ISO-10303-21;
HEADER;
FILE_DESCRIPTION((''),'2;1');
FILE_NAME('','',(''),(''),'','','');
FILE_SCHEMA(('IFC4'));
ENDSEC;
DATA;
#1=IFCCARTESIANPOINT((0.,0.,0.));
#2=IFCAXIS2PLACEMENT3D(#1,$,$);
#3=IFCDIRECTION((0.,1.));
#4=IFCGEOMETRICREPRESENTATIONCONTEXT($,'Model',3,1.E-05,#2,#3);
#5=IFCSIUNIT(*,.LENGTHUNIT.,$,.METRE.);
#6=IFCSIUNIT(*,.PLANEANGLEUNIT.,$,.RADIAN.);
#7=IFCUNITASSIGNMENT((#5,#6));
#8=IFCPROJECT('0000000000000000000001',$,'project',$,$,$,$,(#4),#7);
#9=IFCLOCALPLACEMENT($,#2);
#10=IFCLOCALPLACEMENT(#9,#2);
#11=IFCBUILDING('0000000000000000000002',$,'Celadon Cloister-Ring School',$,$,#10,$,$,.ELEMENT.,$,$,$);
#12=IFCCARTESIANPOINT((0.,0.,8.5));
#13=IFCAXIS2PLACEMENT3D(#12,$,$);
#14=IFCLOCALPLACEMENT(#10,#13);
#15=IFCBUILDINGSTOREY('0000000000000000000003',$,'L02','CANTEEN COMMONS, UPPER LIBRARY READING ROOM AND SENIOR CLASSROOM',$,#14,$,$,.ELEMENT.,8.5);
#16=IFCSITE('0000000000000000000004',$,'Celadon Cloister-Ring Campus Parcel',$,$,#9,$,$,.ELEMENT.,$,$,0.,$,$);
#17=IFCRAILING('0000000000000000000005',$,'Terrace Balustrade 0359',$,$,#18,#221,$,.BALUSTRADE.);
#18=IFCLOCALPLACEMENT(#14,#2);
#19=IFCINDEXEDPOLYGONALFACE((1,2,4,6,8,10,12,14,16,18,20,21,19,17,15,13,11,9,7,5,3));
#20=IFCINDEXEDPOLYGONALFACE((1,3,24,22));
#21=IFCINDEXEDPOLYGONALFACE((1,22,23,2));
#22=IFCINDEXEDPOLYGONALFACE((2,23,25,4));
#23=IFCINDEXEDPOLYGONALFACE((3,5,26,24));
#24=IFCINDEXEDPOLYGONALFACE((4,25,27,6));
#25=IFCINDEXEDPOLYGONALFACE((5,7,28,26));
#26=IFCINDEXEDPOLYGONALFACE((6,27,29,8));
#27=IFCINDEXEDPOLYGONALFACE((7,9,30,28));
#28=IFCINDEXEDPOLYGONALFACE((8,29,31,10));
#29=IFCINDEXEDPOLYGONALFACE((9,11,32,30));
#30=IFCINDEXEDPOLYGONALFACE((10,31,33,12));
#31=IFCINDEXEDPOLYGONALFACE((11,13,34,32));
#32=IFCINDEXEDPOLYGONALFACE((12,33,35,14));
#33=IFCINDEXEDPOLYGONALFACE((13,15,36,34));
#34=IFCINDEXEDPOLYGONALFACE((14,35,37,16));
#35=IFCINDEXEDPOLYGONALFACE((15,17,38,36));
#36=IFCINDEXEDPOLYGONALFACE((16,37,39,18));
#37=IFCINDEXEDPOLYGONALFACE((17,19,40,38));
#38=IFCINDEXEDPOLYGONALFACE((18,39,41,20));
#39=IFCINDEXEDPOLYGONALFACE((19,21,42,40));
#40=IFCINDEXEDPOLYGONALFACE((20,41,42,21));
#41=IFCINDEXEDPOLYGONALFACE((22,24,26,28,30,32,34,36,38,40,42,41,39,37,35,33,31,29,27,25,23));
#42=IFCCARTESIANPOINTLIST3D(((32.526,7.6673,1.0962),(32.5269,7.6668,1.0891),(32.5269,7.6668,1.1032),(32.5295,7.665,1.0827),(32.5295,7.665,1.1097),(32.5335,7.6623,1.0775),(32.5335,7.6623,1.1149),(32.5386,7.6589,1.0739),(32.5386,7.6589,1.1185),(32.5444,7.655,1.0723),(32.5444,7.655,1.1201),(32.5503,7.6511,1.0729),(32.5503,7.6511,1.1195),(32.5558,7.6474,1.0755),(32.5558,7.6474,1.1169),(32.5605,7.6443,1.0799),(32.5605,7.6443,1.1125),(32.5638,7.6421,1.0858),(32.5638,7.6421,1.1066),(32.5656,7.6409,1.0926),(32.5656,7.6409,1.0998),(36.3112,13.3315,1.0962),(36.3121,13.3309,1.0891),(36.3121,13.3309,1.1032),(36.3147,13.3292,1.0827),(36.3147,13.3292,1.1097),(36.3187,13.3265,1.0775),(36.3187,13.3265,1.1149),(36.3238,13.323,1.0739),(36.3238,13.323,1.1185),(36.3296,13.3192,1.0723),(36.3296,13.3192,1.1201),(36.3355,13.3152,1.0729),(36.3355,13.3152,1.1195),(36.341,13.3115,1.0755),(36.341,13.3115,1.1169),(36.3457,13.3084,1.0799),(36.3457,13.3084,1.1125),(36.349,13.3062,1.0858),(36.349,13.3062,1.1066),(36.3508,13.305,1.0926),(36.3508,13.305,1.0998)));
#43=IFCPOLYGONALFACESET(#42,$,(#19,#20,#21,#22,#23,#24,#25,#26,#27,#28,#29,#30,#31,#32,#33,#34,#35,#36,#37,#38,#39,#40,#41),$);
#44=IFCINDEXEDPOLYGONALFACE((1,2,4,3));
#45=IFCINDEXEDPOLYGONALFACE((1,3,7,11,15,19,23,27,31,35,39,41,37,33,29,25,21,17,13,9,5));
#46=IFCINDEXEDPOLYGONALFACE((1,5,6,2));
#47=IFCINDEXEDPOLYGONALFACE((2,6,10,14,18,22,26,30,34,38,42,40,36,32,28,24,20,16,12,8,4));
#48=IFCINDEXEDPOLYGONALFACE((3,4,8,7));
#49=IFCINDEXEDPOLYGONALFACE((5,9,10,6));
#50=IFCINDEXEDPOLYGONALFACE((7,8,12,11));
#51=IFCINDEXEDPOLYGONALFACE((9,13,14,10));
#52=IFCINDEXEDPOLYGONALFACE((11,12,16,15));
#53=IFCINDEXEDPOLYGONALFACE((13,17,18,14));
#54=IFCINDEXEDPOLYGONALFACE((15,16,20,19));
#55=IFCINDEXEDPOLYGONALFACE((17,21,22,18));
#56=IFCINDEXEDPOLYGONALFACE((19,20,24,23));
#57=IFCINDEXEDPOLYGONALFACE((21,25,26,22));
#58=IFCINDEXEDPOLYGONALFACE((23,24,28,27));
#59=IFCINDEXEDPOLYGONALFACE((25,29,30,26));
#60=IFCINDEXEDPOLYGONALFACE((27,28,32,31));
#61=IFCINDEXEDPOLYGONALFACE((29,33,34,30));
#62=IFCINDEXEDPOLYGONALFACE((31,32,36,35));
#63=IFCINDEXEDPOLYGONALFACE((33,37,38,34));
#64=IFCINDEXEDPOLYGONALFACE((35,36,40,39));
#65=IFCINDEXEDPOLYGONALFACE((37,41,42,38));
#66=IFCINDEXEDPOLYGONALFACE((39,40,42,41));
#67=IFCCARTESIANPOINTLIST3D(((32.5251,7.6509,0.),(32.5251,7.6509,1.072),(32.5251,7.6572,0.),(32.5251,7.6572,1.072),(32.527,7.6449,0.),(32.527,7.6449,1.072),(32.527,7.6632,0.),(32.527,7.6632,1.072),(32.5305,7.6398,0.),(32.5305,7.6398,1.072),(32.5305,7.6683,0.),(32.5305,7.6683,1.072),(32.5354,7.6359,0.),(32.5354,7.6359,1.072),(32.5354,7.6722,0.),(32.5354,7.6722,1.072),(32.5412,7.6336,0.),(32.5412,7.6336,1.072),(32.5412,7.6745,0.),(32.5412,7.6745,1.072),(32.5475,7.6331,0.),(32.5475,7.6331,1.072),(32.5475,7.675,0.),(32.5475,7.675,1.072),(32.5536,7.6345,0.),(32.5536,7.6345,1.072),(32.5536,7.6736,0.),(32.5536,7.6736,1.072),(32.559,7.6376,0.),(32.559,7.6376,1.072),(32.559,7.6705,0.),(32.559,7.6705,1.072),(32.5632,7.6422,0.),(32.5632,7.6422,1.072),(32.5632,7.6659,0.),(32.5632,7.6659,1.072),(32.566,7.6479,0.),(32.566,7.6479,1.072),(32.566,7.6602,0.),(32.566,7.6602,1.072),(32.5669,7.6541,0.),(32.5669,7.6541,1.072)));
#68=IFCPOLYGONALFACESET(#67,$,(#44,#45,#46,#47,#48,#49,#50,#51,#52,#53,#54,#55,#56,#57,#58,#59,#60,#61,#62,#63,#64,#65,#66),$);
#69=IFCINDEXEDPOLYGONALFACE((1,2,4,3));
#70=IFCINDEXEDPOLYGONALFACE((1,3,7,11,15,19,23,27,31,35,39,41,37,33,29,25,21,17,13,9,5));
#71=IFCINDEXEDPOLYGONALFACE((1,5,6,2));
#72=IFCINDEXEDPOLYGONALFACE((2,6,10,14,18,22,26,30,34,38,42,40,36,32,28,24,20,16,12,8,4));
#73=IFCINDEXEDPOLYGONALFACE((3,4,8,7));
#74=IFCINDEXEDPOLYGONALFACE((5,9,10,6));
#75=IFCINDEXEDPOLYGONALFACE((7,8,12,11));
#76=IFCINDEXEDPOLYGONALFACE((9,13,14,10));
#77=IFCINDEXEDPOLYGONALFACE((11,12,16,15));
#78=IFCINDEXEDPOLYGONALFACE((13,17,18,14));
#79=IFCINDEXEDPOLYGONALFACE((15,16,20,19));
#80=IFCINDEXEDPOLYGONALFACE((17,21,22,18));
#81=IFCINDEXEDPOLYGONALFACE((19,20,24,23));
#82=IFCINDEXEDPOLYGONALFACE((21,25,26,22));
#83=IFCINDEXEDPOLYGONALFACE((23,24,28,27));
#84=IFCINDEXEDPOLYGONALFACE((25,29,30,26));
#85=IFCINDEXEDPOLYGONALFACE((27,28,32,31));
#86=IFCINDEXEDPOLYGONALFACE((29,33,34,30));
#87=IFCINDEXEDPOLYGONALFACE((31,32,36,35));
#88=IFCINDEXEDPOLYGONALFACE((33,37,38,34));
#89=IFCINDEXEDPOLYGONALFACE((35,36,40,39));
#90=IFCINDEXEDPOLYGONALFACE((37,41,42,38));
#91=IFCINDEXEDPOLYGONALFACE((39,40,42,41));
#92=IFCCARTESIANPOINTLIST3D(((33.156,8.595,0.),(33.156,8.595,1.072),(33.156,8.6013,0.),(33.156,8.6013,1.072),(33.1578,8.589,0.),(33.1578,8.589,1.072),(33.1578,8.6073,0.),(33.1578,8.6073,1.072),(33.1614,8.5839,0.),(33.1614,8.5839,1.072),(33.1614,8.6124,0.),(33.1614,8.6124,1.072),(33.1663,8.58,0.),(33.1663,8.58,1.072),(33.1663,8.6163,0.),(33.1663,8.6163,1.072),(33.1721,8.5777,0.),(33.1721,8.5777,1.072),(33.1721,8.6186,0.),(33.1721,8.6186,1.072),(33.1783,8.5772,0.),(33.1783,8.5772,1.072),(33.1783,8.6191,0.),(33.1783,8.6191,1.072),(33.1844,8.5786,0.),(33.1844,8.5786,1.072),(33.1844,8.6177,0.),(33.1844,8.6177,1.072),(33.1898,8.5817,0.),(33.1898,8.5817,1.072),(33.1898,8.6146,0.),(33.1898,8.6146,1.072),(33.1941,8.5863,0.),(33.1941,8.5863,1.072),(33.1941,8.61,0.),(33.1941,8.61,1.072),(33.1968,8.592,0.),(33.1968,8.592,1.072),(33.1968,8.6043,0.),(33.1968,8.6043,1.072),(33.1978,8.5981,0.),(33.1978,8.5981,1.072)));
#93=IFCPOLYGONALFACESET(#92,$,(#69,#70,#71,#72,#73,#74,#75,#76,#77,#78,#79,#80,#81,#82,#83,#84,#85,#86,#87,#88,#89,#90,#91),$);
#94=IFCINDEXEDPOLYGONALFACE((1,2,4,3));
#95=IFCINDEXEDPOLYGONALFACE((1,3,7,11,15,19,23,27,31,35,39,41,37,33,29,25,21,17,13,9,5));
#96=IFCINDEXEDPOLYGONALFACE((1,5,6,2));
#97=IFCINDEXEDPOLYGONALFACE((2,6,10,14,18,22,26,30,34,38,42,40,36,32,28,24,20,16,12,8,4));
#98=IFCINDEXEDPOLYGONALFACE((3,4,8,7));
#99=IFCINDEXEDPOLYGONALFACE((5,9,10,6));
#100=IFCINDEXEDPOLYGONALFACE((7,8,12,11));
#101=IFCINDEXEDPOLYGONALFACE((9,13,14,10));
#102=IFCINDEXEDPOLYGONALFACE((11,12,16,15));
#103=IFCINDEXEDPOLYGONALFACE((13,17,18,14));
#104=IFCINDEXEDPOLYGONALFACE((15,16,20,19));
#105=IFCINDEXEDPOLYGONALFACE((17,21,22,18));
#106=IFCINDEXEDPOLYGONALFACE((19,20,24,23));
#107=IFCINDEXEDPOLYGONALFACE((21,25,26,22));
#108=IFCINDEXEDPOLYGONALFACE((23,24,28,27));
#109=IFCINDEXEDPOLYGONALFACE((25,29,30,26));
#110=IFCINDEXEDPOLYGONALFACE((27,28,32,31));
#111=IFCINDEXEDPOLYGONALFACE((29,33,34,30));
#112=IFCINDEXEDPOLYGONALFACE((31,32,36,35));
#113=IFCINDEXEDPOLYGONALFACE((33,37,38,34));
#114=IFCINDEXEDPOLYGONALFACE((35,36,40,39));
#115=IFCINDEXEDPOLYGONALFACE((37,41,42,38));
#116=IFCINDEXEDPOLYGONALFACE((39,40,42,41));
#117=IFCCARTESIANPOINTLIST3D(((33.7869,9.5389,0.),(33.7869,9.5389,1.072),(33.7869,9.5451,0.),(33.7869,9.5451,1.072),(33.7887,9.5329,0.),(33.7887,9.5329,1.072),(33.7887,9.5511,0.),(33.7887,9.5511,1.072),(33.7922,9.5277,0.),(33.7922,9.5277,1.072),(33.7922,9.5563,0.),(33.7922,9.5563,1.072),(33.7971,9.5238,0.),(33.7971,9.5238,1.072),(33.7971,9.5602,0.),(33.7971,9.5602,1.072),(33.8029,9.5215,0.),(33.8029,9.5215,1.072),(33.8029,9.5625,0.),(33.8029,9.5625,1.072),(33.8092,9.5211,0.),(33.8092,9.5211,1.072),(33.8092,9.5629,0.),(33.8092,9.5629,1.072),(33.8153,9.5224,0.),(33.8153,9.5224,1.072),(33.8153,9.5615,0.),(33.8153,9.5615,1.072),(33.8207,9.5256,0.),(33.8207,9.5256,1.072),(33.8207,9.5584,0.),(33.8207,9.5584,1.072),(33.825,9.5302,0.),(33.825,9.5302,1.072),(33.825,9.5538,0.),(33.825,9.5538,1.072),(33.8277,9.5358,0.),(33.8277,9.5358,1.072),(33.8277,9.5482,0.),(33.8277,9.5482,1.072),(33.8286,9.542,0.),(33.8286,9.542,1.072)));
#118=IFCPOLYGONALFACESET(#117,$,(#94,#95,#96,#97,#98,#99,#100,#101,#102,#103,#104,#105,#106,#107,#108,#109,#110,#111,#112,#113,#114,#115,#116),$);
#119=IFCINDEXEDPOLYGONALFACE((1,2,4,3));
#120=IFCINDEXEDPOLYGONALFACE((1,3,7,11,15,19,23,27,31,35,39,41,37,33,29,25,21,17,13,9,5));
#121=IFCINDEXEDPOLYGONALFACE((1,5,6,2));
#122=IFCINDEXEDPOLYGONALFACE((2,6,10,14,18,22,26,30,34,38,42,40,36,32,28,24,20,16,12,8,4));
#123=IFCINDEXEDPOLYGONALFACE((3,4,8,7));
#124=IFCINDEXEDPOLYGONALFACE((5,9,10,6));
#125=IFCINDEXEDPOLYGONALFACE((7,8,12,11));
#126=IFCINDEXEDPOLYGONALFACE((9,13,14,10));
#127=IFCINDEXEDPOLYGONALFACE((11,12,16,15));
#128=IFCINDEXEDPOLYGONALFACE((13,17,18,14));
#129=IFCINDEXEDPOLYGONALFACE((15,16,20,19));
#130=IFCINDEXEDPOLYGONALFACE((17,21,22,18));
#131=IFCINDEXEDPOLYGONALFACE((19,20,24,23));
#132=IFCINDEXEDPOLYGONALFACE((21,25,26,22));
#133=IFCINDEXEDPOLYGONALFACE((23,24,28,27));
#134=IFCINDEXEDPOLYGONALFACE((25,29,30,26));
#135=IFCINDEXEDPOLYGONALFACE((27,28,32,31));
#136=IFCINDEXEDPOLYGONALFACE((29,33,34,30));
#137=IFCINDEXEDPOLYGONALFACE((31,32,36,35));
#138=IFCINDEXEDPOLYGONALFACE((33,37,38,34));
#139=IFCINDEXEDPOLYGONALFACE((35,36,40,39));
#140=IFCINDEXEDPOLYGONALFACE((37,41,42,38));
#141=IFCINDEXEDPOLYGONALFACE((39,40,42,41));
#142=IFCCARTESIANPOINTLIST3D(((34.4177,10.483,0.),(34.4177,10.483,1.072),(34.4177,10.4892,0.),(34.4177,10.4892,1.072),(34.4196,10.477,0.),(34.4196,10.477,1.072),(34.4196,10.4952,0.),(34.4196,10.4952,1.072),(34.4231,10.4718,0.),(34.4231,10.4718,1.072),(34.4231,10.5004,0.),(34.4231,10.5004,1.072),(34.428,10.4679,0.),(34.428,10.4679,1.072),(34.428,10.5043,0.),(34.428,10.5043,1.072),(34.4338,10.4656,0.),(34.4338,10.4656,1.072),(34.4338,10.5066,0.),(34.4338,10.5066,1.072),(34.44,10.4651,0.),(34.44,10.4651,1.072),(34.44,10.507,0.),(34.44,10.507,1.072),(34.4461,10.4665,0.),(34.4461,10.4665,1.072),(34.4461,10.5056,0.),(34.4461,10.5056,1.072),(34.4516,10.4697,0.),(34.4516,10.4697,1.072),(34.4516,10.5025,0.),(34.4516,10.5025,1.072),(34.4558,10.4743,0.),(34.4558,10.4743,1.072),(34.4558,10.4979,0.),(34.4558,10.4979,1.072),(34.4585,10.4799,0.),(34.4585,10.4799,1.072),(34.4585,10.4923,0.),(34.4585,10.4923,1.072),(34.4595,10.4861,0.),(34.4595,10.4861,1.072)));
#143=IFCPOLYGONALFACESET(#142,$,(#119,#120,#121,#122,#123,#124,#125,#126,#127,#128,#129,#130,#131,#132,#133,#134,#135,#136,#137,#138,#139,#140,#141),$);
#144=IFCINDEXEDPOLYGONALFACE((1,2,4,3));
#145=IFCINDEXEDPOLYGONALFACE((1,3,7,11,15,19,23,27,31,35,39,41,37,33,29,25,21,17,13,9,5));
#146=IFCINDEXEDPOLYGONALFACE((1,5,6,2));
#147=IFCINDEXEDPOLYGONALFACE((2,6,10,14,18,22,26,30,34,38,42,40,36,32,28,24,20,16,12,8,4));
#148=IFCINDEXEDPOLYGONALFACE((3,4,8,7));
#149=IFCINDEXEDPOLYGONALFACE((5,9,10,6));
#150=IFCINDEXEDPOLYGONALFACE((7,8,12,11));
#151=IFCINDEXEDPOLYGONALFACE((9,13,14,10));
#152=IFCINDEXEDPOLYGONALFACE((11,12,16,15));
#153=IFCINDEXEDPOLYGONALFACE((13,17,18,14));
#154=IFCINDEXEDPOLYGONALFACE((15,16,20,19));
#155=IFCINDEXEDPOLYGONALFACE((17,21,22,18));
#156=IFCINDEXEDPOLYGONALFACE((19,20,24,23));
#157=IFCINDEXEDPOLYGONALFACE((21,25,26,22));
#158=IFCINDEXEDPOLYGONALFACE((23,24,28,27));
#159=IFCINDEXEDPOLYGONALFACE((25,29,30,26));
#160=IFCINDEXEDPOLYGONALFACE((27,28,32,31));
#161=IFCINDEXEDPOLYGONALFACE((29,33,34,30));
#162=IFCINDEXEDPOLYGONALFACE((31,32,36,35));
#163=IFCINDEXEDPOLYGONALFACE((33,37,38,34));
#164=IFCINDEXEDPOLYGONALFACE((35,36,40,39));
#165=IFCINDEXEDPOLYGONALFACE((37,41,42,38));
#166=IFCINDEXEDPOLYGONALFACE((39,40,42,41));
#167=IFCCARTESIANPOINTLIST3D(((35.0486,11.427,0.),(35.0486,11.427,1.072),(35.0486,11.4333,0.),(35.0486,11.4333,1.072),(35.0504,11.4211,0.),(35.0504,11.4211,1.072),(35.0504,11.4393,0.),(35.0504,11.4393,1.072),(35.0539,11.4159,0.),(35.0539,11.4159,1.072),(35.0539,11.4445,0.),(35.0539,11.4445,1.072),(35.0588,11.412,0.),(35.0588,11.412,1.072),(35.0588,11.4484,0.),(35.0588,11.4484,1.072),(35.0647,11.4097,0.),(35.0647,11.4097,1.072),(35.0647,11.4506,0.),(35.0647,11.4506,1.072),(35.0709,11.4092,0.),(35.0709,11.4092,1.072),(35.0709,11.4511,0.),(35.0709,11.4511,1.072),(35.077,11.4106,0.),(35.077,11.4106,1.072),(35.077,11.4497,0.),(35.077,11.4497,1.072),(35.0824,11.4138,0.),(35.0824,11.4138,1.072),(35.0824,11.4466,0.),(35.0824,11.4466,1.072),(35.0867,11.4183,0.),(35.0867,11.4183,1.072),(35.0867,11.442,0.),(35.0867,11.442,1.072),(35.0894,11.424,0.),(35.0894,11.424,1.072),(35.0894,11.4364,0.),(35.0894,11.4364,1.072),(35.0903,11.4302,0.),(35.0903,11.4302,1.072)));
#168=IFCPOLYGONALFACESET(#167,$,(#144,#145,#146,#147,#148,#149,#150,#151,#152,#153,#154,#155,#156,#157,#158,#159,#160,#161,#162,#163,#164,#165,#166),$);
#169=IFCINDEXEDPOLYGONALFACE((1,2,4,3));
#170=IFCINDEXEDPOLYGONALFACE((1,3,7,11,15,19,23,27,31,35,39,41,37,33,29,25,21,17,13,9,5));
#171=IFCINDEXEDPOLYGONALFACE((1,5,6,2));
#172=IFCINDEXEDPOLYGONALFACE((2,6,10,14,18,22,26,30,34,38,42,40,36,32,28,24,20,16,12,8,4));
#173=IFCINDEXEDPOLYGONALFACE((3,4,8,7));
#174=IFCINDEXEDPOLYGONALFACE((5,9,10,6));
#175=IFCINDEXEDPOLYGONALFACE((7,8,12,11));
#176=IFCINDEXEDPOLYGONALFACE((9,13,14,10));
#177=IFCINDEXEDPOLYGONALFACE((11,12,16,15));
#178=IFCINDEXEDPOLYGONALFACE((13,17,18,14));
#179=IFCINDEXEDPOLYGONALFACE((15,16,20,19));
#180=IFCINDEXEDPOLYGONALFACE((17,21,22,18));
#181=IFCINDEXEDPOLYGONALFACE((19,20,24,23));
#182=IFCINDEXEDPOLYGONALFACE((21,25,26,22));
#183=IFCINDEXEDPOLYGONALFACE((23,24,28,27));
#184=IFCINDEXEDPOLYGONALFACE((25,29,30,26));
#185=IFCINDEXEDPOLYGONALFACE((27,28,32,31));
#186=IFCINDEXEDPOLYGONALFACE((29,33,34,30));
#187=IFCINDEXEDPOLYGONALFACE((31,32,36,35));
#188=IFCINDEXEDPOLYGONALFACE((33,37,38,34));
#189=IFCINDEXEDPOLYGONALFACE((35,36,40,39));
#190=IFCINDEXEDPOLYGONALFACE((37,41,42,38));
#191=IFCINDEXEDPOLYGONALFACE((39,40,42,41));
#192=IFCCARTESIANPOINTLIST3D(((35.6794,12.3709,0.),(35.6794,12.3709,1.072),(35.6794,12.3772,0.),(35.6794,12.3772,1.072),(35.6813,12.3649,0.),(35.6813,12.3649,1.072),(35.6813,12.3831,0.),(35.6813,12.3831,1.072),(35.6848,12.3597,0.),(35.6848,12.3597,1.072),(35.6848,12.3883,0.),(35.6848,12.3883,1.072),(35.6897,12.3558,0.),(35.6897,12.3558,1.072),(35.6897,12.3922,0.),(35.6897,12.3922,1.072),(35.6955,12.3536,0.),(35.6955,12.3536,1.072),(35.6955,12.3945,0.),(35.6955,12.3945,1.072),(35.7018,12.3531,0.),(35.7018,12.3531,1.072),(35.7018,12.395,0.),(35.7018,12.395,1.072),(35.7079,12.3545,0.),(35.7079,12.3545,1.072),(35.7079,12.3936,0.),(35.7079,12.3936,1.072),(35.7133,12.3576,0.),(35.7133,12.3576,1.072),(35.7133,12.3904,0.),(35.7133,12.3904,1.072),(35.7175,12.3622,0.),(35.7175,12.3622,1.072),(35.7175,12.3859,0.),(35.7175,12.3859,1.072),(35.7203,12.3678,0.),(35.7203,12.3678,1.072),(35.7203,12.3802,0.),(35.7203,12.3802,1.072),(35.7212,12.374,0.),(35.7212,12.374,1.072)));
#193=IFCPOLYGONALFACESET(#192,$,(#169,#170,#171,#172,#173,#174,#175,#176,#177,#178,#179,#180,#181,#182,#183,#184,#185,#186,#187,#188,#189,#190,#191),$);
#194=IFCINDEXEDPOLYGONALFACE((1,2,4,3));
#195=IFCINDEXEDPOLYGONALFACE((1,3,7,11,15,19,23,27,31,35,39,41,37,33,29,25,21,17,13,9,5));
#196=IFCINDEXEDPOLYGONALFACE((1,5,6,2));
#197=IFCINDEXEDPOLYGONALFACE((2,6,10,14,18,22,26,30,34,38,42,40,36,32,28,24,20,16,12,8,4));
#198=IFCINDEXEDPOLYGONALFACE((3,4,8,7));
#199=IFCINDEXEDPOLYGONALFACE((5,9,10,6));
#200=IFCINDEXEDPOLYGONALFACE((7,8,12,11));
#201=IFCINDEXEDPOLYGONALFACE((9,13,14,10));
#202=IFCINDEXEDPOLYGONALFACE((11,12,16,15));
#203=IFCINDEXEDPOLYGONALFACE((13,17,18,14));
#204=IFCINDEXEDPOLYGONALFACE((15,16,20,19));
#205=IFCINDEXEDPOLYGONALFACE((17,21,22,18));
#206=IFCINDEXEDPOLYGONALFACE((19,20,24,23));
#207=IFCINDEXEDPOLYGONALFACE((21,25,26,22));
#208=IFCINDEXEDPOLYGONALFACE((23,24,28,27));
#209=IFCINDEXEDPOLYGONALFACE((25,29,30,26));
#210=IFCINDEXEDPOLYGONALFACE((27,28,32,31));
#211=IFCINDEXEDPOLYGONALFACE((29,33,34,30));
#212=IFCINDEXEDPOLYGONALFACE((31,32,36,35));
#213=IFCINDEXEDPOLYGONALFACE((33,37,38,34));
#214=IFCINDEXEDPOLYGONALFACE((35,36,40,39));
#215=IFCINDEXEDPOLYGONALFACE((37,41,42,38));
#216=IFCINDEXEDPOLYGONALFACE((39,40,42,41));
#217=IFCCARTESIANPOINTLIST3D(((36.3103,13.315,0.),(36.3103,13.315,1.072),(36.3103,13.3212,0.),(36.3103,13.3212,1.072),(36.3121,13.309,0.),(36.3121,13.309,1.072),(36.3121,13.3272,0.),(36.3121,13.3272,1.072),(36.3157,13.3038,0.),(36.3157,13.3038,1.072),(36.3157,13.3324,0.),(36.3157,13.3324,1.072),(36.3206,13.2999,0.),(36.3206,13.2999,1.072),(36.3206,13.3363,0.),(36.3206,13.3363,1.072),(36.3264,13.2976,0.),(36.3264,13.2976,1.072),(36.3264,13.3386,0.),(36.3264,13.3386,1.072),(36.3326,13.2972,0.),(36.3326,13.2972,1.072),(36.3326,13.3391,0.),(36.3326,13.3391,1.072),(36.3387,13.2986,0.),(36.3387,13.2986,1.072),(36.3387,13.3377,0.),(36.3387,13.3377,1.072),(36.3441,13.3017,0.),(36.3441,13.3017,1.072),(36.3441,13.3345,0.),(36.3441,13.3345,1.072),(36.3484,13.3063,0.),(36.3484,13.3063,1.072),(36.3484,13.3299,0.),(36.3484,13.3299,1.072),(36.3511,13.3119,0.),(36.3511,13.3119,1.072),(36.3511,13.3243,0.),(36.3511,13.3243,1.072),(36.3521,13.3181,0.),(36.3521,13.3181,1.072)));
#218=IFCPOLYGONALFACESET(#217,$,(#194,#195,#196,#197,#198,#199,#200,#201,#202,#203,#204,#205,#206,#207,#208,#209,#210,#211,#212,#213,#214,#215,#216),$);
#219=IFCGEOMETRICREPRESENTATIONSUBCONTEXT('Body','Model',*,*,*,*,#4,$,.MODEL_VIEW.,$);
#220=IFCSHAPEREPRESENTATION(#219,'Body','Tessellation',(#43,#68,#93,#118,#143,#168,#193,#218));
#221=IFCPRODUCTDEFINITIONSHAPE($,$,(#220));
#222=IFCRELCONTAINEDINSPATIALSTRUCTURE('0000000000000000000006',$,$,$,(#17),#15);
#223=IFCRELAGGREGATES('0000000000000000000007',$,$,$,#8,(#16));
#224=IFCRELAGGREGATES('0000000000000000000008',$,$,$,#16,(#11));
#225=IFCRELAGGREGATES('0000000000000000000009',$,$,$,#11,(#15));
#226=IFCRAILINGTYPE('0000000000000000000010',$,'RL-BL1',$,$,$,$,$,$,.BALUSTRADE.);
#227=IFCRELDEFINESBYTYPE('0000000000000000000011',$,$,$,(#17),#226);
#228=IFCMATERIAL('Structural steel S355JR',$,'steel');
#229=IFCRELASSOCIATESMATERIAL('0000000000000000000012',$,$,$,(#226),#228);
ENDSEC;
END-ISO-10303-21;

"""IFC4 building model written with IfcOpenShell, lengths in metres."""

from ifc_helpers import new_model, si_unit, direction, frame, origin, origin_2d, place, context, subcontext, project, spatial, circle, extrude, material, type_object, element, save


model = new_model("IFC4")

# Units and contexts
model_context = context("Model", 3, precision=1e-05, world=origin(), true_north=direction((0.0, 1.0)))
body_context = subcontext(model_context, "Body", "Model", "MODEL_VIEW")
ifc_project = project(units=[si_unit("LENGTHUNIT", "METRE"), si_unit("PLANEANGLEUNIT", "RADIAN")], contexts=[model_context])

# Site, building, storey
site_placement = place(None, origin())
site = spatial("IfcSite", under=ifc_project, at=site_placement, Name="Celadon Cloister-Ring Campus Parcel", CompositionType="ELEMENT", RefElevation=0.0)
building_placement = place(site_placement, origin())
building = spatial("IfcBuilding", under=site, at=building_placement, Name="Celadon Cloister-Ring School", CompositionType="ELEMENT")
storey_placement = place(building_placement, frame((0.0, 0.0, 8.5)))
storey = spatial("IfcBuildingStorey", under=building, at=storey_placement, Name="L02", Description="CANTEEN COMMONS, UPPER LIBRARY READING ROOM AND SENIOR CLASSROOM", CompositionType="ELEMENT", Elevation=8.5)

# Railing
ifc_material_1 = material(Name="Structural steel S355JR", Category="steel")
railing_type = type_object("IfcRailingType", Name="RL-BL1", PredefinedType="BALUSTRADE", material=ifc_material_1)
railing_1_placement = place(storey_placement, frame((32.5459, 7.6541, 0.0)))
element("IfcRailing", 1, at=railing_1_placement, inside=storey, type_object=railing_type, Name="Terrace Balustrade 0359", PredefinedType="BALUSTRADE", context=body_context, shape_type="SweptSolid", body=[
    extrude(circle(Radius=0.0239, at=origin_2d()), frame((0.0, 0.0, 1.0962), z_axis=(0.555626, 0.831432, 0.0), x_axis=(-0.831432, 0.555626, 0.0)), (0.0, 0.0, 1.0), 6.8125),
    extrude(circle(Radius=0.021, at=origin_2d()), origin(), (0.0, 0.0, 1.0), 1.072),
    extrude(circle(Radius=0.021, at=origin_2d()), frame((0.6309, 0.9441, 0.0)), (0.0, 0.0, 1.0), 1.072),
    extrude(circle(Radius=0.021, at=origin_2d()), frame((1.2617, 1.8879, 0.0)), (0.0, 0.0, 1.0), 1.072),
    extrude(circle(Radius=0.021, at=origin_2d()), frame((1.8926, 2.832, 0.0)), (0.0, 0.0, 1.0), 1.072),
    extrude(circle(Radius=0.021, at=origin_2d()), frame((2.5234, 3.7761, 0.0)), (0.0, 0.0, 1.0), 1.072),
    extrude(circle(Radius=0.021, at=origin_2d()), frame((3.1543, 4.72, 0.0)), (0.0, 0.0, 1.0), 1.072),
    extrude(circle(Radius=0.021, at=origin_2d()), frame((3.7852, 5.6641, 0.0)), (0.0, 0.0, 1.0), 1.072),
])

save(model, "model.ifc")
